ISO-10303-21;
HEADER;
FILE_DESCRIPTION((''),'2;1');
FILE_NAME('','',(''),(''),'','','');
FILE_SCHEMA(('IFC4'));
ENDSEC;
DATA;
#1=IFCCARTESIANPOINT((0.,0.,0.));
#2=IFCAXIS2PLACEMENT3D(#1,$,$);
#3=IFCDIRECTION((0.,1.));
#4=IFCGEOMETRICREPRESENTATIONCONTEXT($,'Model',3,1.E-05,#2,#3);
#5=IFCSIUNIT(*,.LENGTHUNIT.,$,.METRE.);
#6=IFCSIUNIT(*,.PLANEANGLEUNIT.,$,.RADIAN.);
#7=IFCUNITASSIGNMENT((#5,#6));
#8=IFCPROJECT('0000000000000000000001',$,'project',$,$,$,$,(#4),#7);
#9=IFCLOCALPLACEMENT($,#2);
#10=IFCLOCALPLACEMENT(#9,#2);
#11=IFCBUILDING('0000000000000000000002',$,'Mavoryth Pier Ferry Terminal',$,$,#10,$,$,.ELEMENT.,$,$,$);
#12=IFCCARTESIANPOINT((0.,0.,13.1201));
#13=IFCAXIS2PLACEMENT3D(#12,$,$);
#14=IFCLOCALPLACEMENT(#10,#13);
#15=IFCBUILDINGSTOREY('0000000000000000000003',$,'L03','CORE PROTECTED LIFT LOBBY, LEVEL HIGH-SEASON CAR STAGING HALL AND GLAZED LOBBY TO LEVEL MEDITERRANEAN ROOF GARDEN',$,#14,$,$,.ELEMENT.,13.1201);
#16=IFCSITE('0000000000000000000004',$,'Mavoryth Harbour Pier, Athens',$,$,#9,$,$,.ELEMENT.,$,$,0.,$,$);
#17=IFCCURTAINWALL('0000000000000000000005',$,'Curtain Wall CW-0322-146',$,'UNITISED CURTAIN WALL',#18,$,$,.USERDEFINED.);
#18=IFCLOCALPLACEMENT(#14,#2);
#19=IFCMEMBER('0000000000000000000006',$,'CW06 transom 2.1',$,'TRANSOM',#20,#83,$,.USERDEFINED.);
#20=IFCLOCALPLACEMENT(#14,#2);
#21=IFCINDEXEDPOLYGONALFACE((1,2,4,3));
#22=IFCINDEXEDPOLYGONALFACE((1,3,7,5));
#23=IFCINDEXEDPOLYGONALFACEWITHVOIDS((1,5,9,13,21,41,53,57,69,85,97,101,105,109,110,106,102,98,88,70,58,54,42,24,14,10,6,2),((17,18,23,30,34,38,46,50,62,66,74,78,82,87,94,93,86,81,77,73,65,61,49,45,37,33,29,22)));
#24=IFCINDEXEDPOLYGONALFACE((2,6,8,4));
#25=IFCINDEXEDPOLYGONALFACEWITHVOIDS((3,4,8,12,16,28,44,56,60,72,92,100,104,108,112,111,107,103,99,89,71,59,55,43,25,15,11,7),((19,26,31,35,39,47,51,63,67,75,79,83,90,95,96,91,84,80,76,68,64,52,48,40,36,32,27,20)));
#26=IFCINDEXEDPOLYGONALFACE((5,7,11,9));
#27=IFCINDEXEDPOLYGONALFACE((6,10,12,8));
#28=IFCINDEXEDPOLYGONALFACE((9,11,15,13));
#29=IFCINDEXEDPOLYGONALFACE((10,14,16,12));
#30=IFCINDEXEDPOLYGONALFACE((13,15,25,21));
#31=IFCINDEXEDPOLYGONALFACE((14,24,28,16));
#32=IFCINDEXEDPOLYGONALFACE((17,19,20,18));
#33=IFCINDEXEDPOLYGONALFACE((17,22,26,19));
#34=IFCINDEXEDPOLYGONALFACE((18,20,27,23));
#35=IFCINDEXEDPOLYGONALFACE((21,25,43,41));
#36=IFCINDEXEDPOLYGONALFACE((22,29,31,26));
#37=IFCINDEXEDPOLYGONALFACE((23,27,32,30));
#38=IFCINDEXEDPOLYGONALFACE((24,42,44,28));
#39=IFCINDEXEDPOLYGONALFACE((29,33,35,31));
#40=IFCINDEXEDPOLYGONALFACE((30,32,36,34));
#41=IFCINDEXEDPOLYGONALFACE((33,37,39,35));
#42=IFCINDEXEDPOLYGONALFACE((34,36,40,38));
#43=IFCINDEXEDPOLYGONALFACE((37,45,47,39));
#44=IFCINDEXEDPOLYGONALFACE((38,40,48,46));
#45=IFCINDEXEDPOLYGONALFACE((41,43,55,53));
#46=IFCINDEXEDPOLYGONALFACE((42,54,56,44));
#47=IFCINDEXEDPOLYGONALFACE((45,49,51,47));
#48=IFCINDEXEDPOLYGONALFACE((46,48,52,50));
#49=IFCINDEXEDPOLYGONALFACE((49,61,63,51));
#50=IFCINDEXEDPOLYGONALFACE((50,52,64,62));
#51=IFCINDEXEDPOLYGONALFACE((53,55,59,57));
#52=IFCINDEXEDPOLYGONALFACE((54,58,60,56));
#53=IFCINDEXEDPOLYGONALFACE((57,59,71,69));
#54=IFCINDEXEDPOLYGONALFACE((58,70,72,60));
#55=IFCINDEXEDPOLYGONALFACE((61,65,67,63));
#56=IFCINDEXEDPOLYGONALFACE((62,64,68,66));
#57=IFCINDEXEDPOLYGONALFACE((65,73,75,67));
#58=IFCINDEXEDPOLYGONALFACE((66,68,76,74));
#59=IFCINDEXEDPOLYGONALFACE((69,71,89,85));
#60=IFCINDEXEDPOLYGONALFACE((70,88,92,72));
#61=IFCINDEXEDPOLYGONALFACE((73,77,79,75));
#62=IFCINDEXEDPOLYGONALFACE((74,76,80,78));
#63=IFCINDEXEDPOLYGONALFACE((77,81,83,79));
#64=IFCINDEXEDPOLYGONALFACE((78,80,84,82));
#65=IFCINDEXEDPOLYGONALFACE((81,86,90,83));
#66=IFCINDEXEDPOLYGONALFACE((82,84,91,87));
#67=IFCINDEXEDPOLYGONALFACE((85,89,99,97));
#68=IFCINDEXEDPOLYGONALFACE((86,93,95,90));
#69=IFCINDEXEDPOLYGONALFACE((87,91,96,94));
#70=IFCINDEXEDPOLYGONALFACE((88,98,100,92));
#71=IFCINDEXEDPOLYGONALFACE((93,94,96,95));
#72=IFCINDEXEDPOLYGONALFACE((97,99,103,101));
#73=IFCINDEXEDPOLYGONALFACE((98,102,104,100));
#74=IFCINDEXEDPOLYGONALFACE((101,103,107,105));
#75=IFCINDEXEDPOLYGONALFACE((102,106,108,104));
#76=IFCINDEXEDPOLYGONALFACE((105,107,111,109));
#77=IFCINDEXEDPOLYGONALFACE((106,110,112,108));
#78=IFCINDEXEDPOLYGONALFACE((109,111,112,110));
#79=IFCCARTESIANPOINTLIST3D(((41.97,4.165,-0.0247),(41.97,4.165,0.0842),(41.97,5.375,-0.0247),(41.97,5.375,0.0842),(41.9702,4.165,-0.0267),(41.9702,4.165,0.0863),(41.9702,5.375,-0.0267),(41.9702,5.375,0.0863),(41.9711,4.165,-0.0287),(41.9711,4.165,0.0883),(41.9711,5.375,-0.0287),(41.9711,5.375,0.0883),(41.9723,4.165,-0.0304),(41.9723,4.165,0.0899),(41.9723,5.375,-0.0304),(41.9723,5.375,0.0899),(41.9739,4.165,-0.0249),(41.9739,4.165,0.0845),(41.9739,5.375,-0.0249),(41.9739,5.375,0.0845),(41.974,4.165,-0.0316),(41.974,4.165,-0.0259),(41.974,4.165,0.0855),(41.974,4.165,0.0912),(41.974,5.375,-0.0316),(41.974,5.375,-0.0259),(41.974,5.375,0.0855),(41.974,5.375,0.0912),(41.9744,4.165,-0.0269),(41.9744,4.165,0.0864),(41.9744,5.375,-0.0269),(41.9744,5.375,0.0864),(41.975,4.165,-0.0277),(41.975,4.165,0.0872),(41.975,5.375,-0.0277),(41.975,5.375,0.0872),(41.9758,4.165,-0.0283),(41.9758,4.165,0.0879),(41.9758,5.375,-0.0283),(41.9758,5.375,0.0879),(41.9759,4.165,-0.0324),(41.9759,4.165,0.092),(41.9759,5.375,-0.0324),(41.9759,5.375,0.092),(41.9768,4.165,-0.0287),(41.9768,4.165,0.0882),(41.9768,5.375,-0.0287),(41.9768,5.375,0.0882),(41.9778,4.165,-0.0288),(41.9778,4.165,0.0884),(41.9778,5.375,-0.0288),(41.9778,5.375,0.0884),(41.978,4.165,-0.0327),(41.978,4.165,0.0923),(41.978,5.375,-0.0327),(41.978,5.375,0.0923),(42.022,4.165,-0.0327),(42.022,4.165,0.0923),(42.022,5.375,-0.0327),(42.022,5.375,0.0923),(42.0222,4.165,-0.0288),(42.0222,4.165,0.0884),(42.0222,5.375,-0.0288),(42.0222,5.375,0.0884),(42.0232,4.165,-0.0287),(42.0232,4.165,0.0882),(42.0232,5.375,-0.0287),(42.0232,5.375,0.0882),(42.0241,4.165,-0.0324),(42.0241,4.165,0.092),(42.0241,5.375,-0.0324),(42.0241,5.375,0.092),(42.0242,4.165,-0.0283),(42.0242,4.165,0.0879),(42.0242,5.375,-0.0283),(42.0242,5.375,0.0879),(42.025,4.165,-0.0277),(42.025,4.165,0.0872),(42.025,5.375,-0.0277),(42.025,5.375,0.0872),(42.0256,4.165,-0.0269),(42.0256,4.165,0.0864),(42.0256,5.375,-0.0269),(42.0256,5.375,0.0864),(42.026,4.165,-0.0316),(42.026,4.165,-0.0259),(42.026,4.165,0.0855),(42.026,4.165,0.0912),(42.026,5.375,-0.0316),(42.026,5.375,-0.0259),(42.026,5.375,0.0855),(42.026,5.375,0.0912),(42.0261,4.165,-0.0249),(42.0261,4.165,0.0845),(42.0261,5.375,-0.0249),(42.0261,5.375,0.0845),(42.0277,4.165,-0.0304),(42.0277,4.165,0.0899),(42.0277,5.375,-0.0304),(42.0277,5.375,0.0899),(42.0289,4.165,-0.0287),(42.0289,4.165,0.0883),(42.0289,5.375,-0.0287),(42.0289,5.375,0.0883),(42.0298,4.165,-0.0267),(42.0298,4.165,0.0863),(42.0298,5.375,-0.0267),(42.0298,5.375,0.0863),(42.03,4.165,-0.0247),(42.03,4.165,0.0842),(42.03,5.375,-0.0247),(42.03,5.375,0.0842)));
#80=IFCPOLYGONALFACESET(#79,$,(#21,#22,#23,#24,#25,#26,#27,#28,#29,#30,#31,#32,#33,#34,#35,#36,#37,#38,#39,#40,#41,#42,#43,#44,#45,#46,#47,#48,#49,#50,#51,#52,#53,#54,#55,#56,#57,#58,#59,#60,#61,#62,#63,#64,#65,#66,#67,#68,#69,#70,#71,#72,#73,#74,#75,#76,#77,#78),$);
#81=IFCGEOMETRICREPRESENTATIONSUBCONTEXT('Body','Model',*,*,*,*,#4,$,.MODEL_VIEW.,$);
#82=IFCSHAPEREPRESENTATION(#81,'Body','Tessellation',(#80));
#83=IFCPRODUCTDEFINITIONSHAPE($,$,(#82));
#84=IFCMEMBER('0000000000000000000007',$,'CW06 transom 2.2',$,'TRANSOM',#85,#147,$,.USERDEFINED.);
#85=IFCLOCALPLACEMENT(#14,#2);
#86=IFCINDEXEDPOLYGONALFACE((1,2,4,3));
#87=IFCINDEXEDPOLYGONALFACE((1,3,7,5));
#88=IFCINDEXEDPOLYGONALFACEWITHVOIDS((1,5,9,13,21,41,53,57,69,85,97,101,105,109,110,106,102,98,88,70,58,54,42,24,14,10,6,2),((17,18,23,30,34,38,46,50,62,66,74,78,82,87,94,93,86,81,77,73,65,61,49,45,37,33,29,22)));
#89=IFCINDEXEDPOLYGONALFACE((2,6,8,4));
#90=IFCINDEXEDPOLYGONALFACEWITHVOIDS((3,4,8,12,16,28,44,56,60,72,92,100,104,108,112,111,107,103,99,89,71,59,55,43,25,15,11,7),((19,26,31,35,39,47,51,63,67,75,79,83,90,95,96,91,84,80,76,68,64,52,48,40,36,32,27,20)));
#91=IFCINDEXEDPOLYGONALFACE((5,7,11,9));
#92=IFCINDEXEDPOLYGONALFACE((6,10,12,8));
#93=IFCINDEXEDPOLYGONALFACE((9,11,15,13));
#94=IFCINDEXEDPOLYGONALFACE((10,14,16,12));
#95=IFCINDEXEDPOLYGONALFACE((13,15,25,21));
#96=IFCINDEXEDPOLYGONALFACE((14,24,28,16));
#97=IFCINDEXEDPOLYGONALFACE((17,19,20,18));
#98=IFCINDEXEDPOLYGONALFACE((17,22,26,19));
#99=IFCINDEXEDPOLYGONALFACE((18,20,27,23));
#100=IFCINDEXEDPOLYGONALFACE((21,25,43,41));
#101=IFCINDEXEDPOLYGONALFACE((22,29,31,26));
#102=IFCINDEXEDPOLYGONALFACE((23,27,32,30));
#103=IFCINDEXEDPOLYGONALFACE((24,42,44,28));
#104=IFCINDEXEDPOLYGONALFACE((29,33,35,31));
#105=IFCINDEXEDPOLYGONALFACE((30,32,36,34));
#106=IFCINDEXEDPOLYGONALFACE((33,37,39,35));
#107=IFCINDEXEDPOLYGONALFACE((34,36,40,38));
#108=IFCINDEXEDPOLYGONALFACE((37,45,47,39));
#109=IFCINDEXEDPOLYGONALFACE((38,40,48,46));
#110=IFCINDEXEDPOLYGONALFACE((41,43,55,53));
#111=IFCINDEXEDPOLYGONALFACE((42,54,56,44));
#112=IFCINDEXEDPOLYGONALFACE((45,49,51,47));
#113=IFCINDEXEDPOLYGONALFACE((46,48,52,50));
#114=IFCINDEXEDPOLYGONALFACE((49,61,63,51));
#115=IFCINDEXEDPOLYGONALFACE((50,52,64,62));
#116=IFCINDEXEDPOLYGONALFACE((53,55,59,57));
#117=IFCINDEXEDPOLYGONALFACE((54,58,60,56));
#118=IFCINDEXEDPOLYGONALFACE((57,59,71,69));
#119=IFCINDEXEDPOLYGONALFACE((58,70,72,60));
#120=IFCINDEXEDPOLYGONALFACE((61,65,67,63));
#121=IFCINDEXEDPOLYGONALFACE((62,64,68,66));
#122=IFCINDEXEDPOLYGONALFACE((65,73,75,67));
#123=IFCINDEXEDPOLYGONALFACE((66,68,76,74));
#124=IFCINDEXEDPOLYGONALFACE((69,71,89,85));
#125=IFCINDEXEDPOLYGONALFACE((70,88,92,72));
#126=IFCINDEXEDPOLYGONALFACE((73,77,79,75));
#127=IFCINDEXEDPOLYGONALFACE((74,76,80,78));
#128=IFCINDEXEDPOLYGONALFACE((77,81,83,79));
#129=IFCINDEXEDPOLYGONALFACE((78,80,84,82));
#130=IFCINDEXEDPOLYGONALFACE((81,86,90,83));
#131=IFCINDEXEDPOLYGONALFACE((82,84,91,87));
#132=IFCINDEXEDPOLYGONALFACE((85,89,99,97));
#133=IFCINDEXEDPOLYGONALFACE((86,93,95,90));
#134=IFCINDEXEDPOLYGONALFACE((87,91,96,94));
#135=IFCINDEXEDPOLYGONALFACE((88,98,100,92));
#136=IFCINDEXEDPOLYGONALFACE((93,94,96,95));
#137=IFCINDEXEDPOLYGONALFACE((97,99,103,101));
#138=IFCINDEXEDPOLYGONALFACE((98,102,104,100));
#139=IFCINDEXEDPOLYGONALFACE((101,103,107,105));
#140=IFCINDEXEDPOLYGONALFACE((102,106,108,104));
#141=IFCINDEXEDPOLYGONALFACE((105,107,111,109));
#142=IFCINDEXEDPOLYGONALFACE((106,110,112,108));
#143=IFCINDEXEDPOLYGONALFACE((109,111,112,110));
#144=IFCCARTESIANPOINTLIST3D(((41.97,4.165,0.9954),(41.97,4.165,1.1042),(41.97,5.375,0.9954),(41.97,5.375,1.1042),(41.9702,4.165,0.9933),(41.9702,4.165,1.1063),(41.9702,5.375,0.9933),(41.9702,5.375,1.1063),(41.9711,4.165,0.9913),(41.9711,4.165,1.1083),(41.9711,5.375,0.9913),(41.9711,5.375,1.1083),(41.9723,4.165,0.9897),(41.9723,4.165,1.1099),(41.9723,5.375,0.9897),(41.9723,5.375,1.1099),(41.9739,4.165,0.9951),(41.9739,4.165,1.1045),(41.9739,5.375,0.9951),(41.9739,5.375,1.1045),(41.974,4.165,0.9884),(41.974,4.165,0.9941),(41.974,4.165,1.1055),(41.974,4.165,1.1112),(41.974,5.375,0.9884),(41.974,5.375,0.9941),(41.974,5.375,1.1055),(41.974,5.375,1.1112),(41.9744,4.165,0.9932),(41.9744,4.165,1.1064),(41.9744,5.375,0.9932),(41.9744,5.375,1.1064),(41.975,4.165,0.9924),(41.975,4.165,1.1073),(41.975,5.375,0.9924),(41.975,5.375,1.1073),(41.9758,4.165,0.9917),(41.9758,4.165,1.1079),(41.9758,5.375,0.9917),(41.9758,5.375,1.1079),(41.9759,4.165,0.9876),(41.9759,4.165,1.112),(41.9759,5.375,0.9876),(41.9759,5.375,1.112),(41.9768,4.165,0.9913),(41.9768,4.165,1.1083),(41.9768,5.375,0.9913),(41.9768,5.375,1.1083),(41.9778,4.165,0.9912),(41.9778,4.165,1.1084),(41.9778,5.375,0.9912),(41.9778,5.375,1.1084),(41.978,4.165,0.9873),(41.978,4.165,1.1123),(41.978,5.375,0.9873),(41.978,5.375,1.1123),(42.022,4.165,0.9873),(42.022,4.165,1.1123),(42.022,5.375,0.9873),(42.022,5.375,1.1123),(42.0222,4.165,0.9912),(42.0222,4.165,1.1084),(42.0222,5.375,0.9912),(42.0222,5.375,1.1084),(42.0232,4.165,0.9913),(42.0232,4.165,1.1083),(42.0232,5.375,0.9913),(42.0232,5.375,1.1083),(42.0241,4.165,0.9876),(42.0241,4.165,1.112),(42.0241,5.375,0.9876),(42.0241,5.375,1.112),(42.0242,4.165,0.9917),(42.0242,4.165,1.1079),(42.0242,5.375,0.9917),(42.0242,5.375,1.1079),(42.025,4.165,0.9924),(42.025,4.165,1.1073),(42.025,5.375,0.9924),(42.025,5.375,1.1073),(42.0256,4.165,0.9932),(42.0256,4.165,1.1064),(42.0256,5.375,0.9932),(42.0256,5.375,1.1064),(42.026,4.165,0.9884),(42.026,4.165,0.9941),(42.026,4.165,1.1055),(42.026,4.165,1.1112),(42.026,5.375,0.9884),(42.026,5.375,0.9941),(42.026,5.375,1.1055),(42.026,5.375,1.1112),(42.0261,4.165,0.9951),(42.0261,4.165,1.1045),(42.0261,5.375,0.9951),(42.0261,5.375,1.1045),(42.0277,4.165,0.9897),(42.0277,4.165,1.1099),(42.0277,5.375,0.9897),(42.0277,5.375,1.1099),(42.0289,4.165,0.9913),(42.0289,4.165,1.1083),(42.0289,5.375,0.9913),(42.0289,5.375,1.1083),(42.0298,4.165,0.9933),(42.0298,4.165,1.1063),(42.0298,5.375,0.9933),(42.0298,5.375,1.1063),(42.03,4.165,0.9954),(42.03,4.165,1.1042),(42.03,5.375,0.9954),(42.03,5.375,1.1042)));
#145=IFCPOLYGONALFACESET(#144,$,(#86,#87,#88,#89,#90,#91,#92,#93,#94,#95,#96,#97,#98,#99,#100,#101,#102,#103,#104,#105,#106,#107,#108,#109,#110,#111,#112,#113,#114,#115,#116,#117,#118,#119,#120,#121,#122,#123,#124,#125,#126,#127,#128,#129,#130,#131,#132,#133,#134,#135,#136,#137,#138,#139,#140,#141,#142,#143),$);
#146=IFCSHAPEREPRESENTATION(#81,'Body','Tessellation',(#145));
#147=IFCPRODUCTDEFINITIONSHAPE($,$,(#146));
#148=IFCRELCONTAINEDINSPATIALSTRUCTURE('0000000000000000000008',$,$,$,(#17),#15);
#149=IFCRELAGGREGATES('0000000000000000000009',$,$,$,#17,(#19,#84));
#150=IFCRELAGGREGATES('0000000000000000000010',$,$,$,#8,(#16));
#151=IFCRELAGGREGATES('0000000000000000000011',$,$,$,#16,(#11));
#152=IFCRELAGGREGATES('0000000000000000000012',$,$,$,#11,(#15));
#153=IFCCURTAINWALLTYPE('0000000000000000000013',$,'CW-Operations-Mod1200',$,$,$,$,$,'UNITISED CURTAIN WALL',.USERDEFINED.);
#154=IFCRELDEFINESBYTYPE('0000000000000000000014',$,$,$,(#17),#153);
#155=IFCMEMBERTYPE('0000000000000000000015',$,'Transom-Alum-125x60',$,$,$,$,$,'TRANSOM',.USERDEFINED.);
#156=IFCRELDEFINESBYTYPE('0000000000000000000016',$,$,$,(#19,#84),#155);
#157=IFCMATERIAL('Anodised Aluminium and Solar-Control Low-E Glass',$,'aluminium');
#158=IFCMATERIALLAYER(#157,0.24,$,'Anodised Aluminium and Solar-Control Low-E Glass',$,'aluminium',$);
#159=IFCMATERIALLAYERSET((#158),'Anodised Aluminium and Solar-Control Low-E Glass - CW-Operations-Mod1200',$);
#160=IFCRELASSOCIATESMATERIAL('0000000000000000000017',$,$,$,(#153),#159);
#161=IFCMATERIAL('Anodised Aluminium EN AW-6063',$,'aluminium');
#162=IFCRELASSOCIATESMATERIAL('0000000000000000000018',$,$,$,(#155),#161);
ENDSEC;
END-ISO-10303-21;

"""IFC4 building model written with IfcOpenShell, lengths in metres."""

from ifc_helpers import new_model, si_unit, direction, frame, origin, origin_2d, place, context, subcontext, project, spatial, hollow_rectangle, extrude, material, layer, layer_set, material_profile, profile_set, type_object, element, aggregate, save


model = new_model("IFC4")

# Units and contexts
model_context = context("Model", 3, precision=1e-05, world=origin(), true_north=direction((0.0, 1.0)))
body_context = subcontext(model_context, "Body", "Model", "MODEL_VIEW")
ifc_project = project(units=[si_unit("LENGTHUNIT", "METRE"), si_unit("PLANEANGLEUNIT", "RADIAN")], contexts=[model_context])

# Site, building, storey
site_placement = place(None, origin())
site = spatial("IfcSite", under=ifc_project, at=site_placement, Name="Mavoryth Harbour Pier, Athens", CompositionType="ELEMENT", RefElevation=0.0)
building_placement = place(site_placement, origin())
building = spatial("IfcBuilding", under=site, at=building_placement, Name="Mavoryth Pier Ferry Terminal", CompositionType="ELEMENT")
storey_placement = place(building_placement, frame((0.0, 0.0, 13.1201)))
storey = spatial("IfcBuildingStorey", under=building, at=storey_placement, Name="L03", Description="CORE PROTECTED LIFT LOBBY, LEVEL HIGH-SEASON CAR STAGING HALL AND GLAZED LOBBY TO LEVEL MEDITERRANEAN ROOF GARDEN", CompositionType="ELEMENT", Elevation=13.1201)

# Shared definitions
ifc_material_1 = material(Name="Anodised Aluminium and Solar-Control Low-E Glass", Category="aluminium")
ifc_layer_1 = layer(ifc_material_1, 0.24, Name="Anodised Aluminium and Solar-Control Low-E Glass", Category="aluminium")
ifc_layer_set_1 = layer_set([ifc_layer_1], Name="Anodised Aluminium and Solar-Control Low-E Glass - CW-Operations-Mod1200")
curtain_wall_type = type_object("IfcCurtainWallType", Name="CW-Operations-Mod1200", ElementType="UNITISED CURTAIN WALL", PredefinedType="USERDEFINED", material=ifc_layer_set_1)
ifc_material_2 = material(Name="Anodised Aluminium EN AW-6063", Category="aluminium")

# Curtain wall, members
curtain_wall_1_placement = place(storey_placement, origin())
curtain_wall_1 = element("IfcCurtainWall", 1, at=curtain_wall_1_placement, inside=storey, type_object=curtain_wall_type, Name="Curtain Wall CW-0322-146", ObjectType="UNITISED CURTAIN WALL", PredefinedType="USERDEFINED")
ifc_material_profile_1 = material_profile(ifc_material_2, hollow_rectangle(XDim=0.0601, YDim=0.125, WallThickness=0.0039, InnerFilletRadius=0.0039, OuterFilletRadius=0.0081, at=origin_2d()), Name="AL-TRAN 125x60x4", Category="aluminium")
ifc_profile_set_1 = profile_set([ifc_material_profile_1], Name="Anodised Aluminium EN AW-6063 - AL-TRAN 125x60x4")
member_type_1 = type_object("IfcMemberType", Name="Transom-Alum-125x60", ElementType="TRANSOM", PredefinedType="USERDEFINED", material=ifc_profile_set_1)
member_1_placement = place(storey_placement, frame((42.0, 5.375, 0.0298), z_axis=(0.0, -1.0, 0.0), x_axis=(1.0, 0.0, 0.0)))
member_1 = element("IfcMember", 2, at=member_1_placement, type_object=member_type_1, Name="CW06 transom 2.1", ObjectType="TRANSOM", PredefinedType="USERDEFINED", context=body_context, shape_type="SweptSolid", body=[
    extrude(hollow_rectangle(XDim=0.0601, YDim=0.125, WallThickness=0.0039, InnerFilletRadius=0.0039, OuterFilletRadius=0.0081, at=origin_2d()), origin(), (0.0, 0.0, 1.0), 1.21),
])
member_2_placement = place(storey_placement, frame((42.0, 5.375, 1.0498), z_axis=(0.0, -1.0, 0.0), x_axis=(1.0, 0.0, 0.0)))
member_2 = element("IfcMember", 3, at=member_2_placement, type_object=member_type_1, Name="CW06 transom 2.2", ObjectType="TRANSOM", PredefinedType="USERDEFINED", context=body_context, shape_type="SweptSolid", body=[
    extrude(hollow_rectangle(XDim=0.0601, YDim=0.125, WallThickness=0.0039, InnerFilletRadius=0.0039, OuterFilletRadius=0.0081, at=origin_2d()), origin(), (0.0, 0.0, 1.0), 1.21),
])
aggregate(curtain_wall_1, [member_1, member_2])

save(model, "model.ifc")
